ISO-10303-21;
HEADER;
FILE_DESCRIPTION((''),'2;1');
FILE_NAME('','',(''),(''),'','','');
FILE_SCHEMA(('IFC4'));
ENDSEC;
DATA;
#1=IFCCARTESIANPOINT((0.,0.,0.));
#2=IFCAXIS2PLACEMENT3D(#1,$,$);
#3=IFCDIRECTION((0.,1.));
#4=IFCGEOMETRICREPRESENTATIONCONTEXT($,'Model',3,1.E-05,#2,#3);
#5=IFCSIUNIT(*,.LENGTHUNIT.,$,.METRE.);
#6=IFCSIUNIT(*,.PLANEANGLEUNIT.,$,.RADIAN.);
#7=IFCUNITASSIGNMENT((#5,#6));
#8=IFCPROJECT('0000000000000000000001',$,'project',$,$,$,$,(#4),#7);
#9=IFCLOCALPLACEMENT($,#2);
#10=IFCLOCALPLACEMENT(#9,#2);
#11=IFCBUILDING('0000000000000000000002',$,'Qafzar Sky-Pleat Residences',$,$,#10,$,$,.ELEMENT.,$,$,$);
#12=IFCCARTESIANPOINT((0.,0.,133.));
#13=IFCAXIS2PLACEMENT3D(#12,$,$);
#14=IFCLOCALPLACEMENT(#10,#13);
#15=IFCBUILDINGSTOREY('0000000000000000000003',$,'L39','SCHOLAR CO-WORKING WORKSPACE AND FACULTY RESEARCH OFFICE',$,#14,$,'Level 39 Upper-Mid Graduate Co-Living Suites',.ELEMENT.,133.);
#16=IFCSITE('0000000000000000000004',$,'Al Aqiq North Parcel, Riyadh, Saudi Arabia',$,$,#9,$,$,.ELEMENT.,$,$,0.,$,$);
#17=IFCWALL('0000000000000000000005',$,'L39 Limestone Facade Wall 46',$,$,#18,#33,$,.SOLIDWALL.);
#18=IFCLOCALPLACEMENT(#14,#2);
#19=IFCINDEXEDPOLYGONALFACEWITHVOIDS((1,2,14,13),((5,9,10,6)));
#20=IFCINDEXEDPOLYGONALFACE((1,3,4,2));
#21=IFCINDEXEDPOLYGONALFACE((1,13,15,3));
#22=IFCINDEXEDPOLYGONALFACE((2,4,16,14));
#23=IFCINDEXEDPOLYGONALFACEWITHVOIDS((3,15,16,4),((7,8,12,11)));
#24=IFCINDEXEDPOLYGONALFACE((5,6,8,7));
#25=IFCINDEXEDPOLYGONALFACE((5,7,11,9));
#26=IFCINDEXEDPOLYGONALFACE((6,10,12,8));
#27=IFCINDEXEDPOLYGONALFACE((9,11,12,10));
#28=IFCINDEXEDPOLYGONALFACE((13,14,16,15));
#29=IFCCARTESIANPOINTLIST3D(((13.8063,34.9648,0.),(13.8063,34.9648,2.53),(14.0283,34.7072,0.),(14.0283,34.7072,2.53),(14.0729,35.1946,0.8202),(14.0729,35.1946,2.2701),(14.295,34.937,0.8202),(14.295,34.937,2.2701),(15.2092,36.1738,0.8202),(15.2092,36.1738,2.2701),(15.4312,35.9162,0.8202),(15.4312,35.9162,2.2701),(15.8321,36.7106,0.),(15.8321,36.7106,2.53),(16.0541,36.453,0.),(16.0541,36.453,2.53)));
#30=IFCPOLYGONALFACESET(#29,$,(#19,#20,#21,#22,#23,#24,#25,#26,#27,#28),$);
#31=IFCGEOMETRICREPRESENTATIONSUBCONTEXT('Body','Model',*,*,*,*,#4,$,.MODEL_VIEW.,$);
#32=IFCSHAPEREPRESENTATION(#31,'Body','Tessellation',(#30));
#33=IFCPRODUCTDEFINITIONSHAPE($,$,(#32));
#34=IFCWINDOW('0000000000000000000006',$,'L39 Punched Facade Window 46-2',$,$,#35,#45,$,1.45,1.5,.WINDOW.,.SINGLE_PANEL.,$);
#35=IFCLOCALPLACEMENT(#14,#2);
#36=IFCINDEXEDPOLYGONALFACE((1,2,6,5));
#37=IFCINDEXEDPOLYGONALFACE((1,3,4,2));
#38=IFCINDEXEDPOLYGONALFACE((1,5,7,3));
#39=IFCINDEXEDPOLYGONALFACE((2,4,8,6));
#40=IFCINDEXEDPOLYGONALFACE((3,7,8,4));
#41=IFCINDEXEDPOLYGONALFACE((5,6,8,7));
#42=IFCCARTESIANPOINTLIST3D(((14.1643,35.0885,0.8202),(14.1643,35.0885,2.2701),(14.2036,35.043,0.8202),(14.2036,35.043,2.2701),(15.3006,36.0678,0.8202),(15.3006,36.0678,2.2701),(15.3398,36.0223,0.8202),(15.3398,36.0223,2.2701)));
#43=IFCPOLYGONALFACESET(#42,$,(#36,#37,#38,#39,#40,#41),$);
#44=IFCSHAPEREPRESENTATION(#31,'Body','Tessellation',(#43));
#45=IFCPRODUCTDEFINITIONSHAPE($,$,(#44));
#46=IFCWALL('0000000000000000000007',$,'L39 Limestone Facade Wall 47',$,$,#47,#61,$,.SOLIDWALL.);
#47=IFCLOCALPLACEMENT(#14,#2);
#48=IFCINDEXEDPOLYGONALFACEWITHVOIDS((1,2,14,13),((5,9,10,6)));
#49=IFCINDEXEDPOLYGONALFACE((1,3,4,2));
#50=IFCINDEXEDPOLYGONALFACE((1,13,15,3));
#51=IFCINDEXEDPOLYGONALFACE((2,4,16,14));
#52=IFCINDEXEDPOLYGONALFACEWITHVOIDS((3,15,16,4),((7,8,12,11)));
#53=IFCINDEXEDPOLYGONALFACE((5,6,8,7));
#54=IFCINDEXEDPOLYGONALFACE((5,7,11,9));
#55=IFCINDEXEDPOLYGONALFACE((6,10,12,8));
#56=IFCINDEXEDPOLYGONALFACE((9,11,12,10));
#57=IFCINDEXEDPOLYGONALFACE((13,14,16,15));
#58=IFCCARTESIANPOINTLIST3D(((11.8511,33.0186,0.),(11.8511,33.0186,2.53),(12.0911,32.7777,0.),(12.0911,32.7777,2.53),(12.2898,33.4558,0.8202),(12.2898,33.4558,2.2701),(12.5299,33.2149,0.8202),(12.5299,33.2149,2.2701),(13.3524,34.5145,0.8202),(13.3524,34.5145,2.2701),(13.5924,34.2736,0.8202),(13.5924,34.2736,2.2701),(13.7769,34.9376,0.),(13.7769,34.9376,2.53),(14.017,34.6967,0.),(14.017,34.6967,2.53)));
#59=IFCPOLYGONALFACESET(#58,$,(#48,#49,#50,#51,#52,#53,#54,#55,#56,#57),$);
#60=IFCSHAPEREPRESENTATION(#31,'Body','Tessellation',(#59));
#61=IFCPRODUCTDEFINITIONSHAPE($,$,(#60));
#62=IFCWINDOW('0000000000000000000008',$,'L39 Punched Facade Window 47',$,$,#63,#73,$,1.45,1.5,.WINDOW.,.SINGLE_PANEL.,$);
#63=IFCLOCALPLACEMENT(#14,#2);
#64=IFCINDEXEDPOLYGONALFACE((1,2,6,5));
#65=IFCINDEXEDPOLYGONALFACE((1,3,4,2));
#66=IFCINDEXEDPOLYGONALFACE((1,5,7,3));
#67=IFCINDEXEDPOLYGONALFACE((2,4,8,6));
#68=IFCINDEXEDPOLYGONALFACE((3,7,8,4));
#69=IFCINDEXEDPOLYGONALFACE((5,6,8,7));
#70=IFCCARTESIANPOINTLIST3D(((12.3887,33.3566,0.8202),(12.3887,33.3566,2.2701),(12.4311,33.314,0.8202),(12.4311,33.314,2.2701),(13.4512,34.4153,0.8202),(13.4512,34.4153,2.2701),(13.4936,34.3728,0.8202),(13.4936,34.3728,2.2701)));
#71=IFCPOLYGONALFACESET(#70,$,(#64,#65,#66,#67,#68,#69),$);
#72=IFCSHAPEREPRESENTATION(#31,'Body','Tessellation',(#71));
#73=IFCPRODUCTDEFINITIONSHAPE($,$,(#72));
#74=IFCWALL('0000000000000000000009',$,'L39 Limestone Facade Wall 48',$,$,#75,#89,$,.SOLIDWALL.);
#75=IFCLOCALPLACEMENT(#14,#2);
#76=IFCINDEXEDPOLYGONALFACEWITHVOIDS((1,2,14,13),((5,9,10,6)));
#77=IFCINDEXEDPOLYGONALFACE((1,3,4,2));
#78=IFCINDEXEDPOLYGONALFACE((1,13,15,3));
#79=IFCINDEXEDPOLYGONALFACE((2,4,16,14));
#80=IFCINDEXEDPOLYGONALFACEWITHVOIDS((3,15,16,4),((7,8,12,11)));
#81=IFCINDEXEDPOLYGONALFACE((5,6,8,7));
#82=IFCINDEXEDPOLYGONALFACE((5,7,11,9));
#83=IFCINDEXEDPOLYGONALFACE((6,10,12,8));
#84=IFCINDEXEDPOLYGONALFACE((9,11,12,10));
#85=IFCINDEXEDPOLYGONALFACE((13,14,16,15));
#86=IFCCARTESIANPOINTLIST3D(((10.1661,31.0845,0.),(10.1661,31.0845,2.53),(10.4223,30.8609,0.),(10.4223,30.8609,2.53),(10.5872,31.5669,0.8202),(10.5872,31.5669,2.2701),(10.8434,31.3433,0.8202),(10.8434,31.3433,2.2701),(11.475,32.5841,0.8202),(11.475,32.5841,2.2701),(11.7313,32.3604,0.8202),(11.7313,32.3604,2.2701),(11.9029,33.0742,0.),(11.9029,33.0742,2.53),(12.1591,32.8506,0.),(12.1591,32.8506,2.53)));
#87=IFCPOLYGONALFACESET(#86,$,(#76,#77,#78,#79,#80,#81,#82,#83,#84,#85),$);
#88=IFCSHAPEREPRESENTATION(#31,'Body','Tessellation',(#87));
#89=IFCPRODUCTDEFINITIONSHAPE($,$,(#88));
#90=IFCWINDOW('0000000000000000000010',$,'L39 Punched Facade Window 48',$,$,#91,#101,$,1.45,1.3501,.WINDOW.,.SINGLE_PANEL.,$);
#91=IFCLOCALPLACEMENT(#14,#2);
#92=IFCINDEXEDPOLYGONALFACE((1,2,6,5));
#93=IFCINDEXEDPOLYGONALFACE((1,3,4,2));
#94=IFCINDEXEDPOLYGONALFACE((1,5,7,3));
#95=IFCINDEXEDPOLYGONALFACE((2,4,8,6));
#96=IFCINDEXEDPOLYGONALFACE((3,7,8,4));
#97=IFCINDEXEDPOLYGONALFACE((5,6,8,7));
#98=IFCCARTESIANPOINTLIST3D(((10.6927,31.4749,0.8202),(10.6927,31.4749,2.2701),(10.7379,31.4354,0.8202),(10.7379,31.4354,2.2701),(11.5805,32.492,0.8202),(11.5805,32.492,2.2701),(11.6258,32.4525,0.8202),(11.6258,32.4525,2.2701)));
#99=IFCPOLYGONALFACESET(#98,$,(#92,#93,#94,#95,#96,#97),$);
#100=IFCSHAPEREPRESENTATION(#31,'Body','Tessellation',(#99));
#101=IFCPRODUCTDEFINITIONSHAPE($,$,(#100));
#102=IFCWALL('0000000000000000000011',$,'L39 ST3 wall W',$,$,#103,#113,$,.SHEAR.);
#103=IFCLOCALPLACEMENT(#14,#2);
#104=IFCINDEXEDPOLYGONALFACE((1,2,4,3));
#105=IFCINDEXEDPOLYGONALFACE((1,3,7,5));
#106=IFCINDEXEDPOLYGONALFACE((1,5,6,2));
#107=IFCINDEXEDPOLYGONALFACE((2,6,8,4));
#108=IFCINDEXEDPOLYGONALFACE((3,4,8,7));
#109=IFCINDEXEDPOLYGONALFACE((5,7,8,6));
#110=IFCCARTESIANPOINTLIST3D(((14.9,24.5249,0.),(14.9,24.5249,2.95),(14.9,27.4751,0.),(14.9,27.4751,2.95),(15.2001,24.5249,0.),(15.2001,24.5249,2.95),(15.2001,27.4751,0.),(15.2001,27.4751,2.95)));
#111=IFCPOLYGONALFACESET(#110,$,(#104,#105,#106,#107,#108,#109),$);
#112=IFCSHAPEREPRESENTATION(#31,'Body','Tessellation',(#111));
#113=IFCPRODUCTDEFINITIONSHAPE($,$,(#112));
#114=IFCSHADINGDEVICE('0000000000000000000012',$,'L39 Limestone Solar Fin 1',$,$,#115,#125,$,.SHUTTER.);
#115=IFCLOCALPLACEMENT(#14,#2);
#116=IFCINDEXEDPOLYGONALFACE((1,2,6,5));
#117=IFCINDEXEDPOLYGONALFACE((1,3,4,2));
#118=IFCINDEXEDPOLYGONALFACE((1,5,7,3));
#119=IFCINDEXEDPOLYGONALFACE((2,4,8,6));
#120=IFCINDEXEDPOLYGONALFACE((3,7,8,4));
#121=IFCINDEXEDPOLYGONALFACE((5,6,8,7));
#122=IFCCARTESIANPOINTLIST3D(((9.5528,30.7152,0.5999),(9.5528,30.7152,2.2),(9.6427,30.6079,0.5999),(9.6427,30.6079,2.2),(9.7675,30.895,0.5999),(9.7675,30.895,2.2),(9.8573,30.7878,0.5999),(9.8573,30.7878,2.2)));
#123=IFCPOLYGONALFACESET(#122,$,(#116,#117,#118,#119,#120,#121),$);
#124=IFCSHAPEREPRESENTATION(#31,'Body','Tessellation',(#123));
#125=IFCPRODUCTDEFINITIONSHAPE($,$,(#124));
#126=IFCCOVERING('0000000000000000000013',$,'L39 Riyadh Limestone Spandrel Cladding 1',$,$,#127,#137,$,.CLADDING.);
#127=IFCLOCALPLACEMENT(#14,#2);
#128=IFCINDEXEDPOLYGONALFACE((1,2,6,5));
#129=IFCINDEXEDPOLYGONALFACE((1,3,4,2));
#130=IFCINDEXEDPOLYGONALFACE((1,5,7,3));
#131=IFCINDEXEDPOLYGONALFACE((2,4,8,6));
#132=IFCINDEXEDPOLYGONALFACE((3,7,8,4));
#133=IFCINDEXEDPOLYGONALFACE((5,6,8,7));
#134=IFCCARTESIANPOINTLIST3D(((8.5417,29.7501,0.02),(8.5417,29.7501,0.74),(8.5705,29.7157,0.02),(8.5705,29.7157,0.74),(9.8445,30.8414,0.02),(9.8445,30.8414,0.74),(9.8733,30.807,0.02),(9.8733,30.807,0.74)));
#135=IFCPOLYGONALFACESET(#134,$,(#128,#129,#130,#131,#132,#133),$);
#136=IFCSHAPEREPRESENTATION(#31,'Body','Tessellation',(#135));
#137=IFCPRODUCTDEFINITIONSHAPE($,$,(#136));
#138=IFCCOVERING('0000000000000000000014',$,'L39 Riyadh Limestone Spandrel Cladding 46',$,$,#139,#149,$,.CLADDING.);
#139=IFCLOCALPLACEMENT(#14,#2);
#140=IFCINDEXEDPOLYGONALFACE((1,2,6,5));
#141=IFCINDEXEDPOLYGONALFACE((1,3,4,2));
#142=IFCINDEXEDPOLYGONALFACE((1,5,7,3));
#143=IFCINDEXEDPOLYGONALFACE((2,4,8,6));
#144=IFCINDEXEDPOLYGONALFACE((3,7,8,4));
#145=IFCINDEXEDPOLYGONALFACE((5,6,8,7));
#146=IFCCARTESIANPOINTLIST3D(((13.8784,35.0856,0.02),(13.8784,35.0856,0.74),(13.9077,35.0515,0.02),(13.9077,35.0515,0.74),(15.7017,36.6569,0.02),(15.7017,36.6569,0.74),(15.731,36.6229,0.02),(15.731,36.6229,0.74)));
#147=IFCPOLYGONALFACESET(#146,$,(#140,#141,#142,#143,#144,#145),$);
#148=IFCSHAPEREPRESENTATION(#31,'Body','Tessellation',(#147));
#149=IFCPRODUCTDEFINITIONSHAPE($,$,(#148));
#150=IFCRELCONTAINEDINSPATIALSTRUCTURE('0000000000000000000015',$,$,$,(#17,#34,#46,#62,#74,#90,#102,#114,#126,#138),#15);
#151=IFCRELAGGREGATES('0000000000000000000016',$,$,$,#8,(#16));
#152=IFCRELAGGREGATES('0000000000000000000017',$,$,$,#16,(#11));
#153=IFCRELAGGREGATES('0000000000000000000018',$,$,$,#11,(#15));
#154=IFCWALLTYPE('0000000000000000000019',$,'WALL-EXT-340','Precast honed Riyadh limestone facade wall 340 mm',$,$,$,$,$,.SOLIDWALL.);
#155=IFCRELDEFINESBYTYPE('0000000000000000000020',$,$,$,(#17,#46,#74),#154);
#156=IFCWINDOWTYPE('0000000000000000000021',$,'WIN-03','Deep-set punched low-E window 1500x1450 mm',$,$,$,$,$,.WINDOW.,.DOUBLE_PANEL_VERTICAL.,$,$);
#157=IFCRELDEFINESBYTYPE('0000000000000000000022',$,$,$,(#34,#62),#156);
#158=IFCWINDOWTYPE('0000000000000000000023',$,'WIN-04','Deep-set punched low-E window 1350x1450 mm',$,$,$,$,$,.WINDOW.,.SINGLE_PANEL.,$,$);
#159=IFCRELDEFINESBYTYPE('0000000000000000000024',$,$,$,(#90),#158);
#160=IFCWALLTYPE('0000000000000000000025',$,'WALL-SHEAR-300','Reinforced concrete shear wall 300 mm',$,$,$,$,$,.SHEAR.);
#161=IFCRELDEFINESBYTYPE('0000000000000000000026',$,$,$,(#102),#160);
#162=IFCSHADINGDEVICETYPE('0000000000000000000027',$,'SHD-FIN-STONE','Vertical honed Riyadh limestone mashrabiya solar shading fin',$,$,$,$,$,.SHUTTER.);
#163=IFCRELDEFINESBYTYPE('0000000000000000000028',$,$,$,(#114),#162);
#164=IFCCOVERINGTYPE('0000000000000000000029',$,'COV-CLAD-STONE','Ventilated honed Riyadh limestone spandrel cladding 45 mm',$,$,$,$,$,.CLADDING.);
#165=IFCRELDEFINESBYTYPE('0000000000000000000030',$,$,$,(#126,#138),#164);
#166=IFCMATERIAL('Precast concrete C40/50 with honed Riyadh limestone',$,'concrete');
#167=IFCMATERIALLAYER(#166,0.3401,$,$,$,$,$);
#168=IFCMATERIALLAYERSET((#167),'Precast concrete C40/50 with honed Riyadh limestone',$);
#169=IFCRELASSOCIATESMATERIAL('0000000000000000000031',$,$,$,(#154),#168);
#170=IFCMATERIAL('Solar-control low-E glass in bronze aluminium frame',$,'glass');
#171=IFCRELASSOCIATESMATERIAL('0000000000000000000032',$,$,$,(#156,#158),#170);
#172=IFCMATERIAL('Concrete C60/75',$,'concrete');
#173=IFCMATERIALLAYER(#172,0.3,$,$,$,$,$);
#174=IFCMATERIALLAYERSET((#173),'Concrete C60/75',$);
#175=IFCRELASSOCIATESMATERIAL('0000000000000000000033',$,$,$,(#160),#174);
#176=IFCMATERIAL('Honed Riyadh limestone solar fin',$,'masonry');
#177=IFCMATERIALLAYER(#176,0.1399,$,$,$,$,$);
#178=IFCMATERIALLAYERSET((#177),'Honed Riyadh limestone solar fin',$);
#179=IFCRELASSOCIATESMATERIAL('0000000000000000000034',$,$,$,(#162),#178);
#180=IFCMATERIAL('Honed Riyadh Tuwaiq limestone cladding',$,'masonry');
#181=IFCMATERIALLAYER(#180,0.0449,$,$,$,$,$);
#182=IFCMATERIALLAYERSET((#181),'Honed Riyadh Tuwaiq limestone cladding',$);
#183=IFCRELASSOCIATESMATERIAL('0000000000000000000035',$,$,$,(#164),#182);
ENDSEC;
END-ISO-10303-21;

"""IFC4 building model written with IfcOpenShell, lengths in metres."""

from ifc_helpers import new_model, si_unit, direction, frame, frame_2d, origin, origin_2d, place, context, subcontext, project, spatial, rectangle, extrude, source, transform, mapped, material, layer, layer_set, type_object, element, fill, save


model = new_model("IFC4")

# Units and contexts
model_context = context("Model", 3, precision=1e-05, world=origin(), true_north=direction((0.0, 1.0)))
body_context = subcontext(model_context, "Body", "Model", "MODEL_VIEW")
ifc_project = project(units=[si_unit("LENGTHUNIT", "METRE"), si_unit("PLANEANGLEUNIT", "RADIAN")], contexts=[model_context])

# Site, building, storey
site_placement = place(None, origin())
site = spatial("IfcSite", under=ifc_project, at=site_placement, Name="Al Aqiq North Parcel, Riyadh, Saudi Arabia", CompositionType="ELEMENT", RefElevation=0.0)
building_placement = place(site_placement, origin())
building = spatial("IfcBuilding", under=site, at=building_placement, Name="Qafzar Sky-Pleat Residences", CompositionType="ELEMENT")
storey_placement = place(building_placement, frame((0.0, 0.0, 133.0)))
storey = spatial("IfcBuildingStorey", under=building, at=storey_placement, Name="L39", Description="SCHOLAR CO-WORKING WORKSPACE AND FACULTY RESEARCH OFFICE", LongName="Level 39 Upper-Mid Graduate Co-Living Suites", CompositionType="ELEMENT", Elevation=133.0)

# Shared definitions
ifc_material_1 = material(Name="Concrete C60/75", Category="concrete")

# Shared definitions
ifc_material_2 = material(Name="Precast concrete C40/50 with honed Riyadh limestone", Category="concrete")
ifc_layer_1 = layer(ifc_material_2, 0.3401)
ifc_layer_set_1 = layer_set([ifc_layer_1], Name="Precast concrete C40/50 with honed Riyadh limestone")
wall_type_1 = type_object("IfcWallType", Name="WALL-EXT-340", Description="Precast honed Riyadh limestone facade wall 340 mm", PredefinedType="SOLIDWALL", material=ifc_layer_set_1)
ifc_material_3 = material(Name="Solar-control low-E glass in bronze aluminium frame", Category="glass")

# Walls, openings, windows
wall_1_placement = place(storey_placement, frame((15.9431, 36.5818, 0.0), z_axis=(0.0, 0.0, 1.0), x_axis=(-0.75752, -0.652811, 0.0)))
wall_1 = element("IfcWall", 1, at=wall_1_placement, inside=storey, type_object=wall_type_1, Name="L39 Limestone Facade Wall 46", PredefinedType="SOLIDWALL", context=body_context, shape_type="SweptSolid", body=[
    extrude(rectangle(XDim=2.6743, YDim=0.3401, at=frame_2d((1.3372, 0.0))), origin(), (0.0, 0.0, 1.0), 2.53),
])
opening_1_placement = place(wall_1_placement, frame((0.8223, 0.0, 0.8201)))
opening_1 = element("IfcOpeningElement", 2, at=opening_1_placement, cuts=wall_1, PredefinedType="OPENING", context=body_context, shape_type="SweptSolid", body=[
    extrude(rectangle(XDim=1.5, YDim=1.45, at=frame_2d((0.75, 0.7251))), frame((0.0, 0.1802, 0.0), z_axis=(0.0, -1.0, 0.0), x_axis=(1.0, 0.0, 0.0)), (0.0, 0.0, 1.0), 0.3601),
])
window_type_1 = type_object("IfcWindowType", Name="WIN-03", Description="Deep-set punched low-E window 1500x1450 mm", PartitioningType="DOUBLE_PANEL_VERTICAL", PredefinedType="WINDOW", material=ifc_material_3)
shared_shape_1 = source(origin(), body_context, "Body", "SweptSolid", [
    extrude(rectangle(XDim=1.5, YDim=1.45, at=frame_2d((0.75, 0.7251))), frame((0.0, 0.03, 0.0), z_axis=(0.0, -1.0, 0.0), x_axis=(1.0, 0.0, 0.0)), (0.0, 0.0, 1.0), 0.0601),
])
window_1_placement = place(opening_1_placement, origin())
window_1 = element("IfcWindow", 3, at=window_1_placement, inside=storey, type_object=window_type_1, Name="L39 Punched Facade Window 46-2", OverallHeight=1.45, OverallWidth=1.5, PartitioningType="SINGLE_PANEL", PredefinedType="WINDOW", context=body_context, shape_type="MappedRepresentation", body=[
    mapped(shared_shape_1, transform((0.0, 0.0, 0.0), x_axis=(1.0, 0.0, 0.0), y_axis=(0.0, 1.0, 0.0), z_axis=(0.0, 0.0, 1.0), scale=1.0)),
])
fill(opening_1, window_1)
wall_2_placement = place(storey_placement, frame((13.897, 34.8171, 0.0), z_axis=(0.0, 0.0, 1.0), x_axis=(-0.708363, -0.705848, 0.0)))
wall_2 = element("IfcWall", 4, at=wall_2_placement, inside=storey, type_object=wall_type_1, Name="L39 Limestone Facade Wall 47", PredefinedType="SOLIDWALL", context=body_context, shape_type="SweptSolid", body=[
    extrude(rectangle(XDim=2.7188, YDim=0.3401, at=frame_2d((1.3594, 0.0))), origin(), (0.0, 0.0, 1.0), 2.53),
])
opening_2_placement = place(wall_2_placement, frame((0.5994, 0.0, 0.8201)))
opening_2 = element("IfcOpeningElement", 5, at=opening_2_placement, cuts=wall_2, PredefinedType="OPENING", context=body_context, shape_type="SweptSolid", body=[
    extrude(rectangle(XDim=1.5, YDim=1.45, at=frame_2d((0.75, 0.7251))), frame((0.0, 0.1802, 0.0), z_axis=(0.0, -1.0, 0.0), x_axis=(1.0, 0.0, 0.0)), (0.0, 0.0, 1.0), 0.3601),
])
window_2_placement = place(opening_2_placement, origin())
window_2 = element("IfcWindow", 6, at=window_2_placement, inside=storey, type_object=window_type_1, Name="L39 Punched Facade Window 47", OverallHeight=1.45, OverallWidth=1.5, PartitioningType="SINGLE_PANEL", PredefinedType="WINDOW", context=body_context, shape_type="MappedRepresentation", body=[
    mapped(shared_shape_1, transform((0.0, 0.0, 0.0), x_axis=(1.0, 0.0, 0.0), y_axis=(0.0, 1.0, 0.0), z_axis=(0.0, 0.0, 1.0), scale=1.0)),
])
fill(opening_2, window_2)
wall_3_placement = place(storey_placement, frame((12.031, 32.9624, 0.0), z_axis=(0.0, 0.0, 1.0), x_axis=(-0.657601, -0.753366, 0.0)))
wall_3 = element("IfcWall", 7, at=wall_3_placement, inside=storey, type_object=wall_type_1, Name="L39 Limestone Facade Wall 48", PredefinedType="SOLIDWALL", context=body_context, shape_type="SweptSolid", body=[
    extrude(rectangle(XDim=2.6411, YDim=0.3401, at=frame_2d((1.3206, 0.0))), origin(), (0.0, 0.0, 1.0), 2.53),
])
opening_3_placement = place(wall_3_placement, frame((0.6506, 0.0, 0.8201)))
opening_3 = element("IfcOpeningElement", 8, at=opening_3_placement, cuts=wall_3, PredefinedType="OPENING", context=body_context, shape_type="SweptSolid", body=[
    extrude(rectangle(XDim=1.3501, YDim=1.45, at=frame_2d((0.675, 0.7251))), frame((0.0, 0.1802, 0.0), z_axis=(0.0, -1.0, 0.0), x_axis=(1.0, 0.0, 0.0)), (0.0, 0.0, 1.0), 0.3601),
])
window_type_2 = type_object("IfcWindowType", Name="WIN-04", Description="Deep-set punched low-E window 1350x1450 mm", PartitioningType="SINGLE_PANEL", PredefinedType="WINDOW", material=ifc_material_3)
shared_shape_2 = source(origin(), body_context, "Body", "SweptSolid", [
    extrude(rectangle(XDim=1.3501, YDim=1.45, at=frame_2d((0.675, 0.7251))), frame((0.0, 0.03, 0.0), z_axis=(0.0, -1.0, 0.0), x_axis=(1.0, 0.0, 0.0)), (0.0, 0.0, 1.0), 0.0601),
])
window_3_placement = place(opening_3_placement, origin())
window_3 = element("IfcWindow", 9, at=window_3_placement, inside=storey, type_object=window_type_2, Name="L39 Punched Facade Window 48", OverallHeight=1.45, OverallWidth=1.3501, PartitioningType="SINGLE_PANEL", PredefinedType="WINDOW", context=body_context, shape_type="MappedRepresentation", body=[
    mapped(shared_shape_2, transform((0.0, 0.0, 0.0), x_axis=(1.0, 0.0, 0.0), y_axis=(0.0, 1.0, 0.0), z_axis=(0.0, 0.0, 1.0), scale=1.0)),
])
fill(opening_3, window_3)

# Wall
ifc_layer_2 = layer(ifc_material_1, 0.3)
ifc_layer_set_2 = layer_set([ifc_layer_2], Name="Concrete C60/75")
wall_type_2 = type_object("IfcWallType", Name="WALL-SHEAR-300", Description="Reinforced concrete shear wall 300 mm", PredefinedType="SHEAR", material=ifc_layer_set_2)
wall_4_placement = place(storey_placement, frame((15.05, 27.4751, 0.0), z_axis=(0.0, 0.0, 1.0), x_axis=(0.0, -1.0, 0.0)))
element("IfcWall", 10, at=wall_4_placement, inside=storey, type_object=wall_type_2, Name="L39 ST3 wall W", PredefinedType="SHEAR", context=body_context, shape_type="SweptSolid", body=[
    extrude(rectangle(XDim=2.9502, YDim=0.3, at=frame_2d((1.4751, 0.0))), origin(), (0.0, 0.0, 1.0), 2.95),
])

# Shading device
ifc_material_4 = material(Name="Honed Riyadh limestone solar fin", Category="masonry")
ifc_layer_3 = layer(ifc_material_4, 0.1399)
ifc_layer_set_3 = layer_set([ifc_layer_3], Name="Honed Riyadh limestone solar fin")
shading_device_type = type_object("IfcShadingDeviceType", Name="SHD-FIN-STONE", Description="Vertical honed Riyadh limestone mashrabiya solar shading fin", PredefinedType="SHUTTER", material=ifc_layer_set_3)
shared_shape_3 = source(origin(), body_context, "Body", "SweptSolid", [
    extrude(rectangle(XDim=0.1399, YDim=0.28, at=origin_2d()), origin(), (0.0, 0.0, 1.0), 1.6001),
])
shading_device_placement = place(storey_placement, frame((9.7051, 30.7515, 0.5999), z_axis=(0.0, 0.0, 1.0), x_axis=(-0.642179, 0.766555, 0.0)))
element("IfcShadingDevice", 11, at=shading_device_placement, inside=storey, type_object=shading_device_type, Name="L39 Limestone Solar Fin 1", PredefinedType="SHUTTER", context=body_context, shape_type="MappedRepresentation", body=[
    mapped(shared_shape_3, transform((0.0, 0.0, 0.0), x_axis=(1.0, 0.0, 0.0), y_axis=(0.0, 1.0, 0.0), z_axis=(0.0, 0.0, 1.0), scale=1.0)),
])

# Coverings
ifc_material_5 = material(Name="Honed Riyadh Tuwaiq limestone cladding", Category="masonry")
ifc_layer_4 = layer(ifc_material_5, 0.0449)
ifc_layer_set_4 = layer_set([ifc_layer_4], Name="Honed Riyadh Tuwaiq limestone cladding")
covering_type = type_object("IfcCoveringType", Name="COV-CLAD-STONE", Description="Ventilated honed Riyadh limestone spandrel cladding 45 mm", PredefinedType="CLADDING", material=ifc_layer_set_4)
shared_shape_4 = source(origin(), body_context, "Body", "SweptSolid", [
    extrude(rectangle(XDim=1.6995, YDim=0.0449, at=origin_2d()), origin(), (0.0, 0.0, 1.0), 0.72),
])
covering_1_placement = place(storey_placement, frame((9.2075, 30.2786, 0.02), z_axis=(0.0, 0.0, 1.0), x_axis=(-0.766591, -0.642136, 0.0)))
element("IfcCovering", 12, at=covering_1_placement, inside=storey, type_object=covering_type, Name="L39 Riyadh Limestone Spandrel Cladding 1", PredefinedType="CLADDING", context=body_context, shape_type="MappedRepresentation", body=[
    mapped(shared_shape_4, transform((0.0, 0.0, 0.0), x_axis=(1.0, 0.0, 0.0), y_axis=(0.0, 1.0, 0.0), z_axis=(0.0, 0.0, 1.0), scale=1.0)),
])
shared_shape_5 = source(origin(), body_context, "Body", "SweptSolid", [
    extrude(rectangle(XDim=2.407, YDim=0.0449, at=origin_2d()), origin(), (0.0, 0.0, 1.0), 0.72),
])
covering_2_placement = place(storey_placement, frame((14.8047, 35.8542, 0.02), z_axis=(0.0, 0.0, 1.0), x_axis=(-0.757496, -0.65284, 0.0)))
element("IfcCovering", 13, at=covering_2_placement, inside=storey, type_object=covering_type, Name="L39 Riyadh Limestone Spandrel Cladding 46", PredefinedType="CLADDING", context=body_context, shape_type="MappedRepresentation", body=[
    mapped(shared_shape_5, transform((0.0, 0.0, 0.0), x_axis=(1.0, 0.0, 0.0), y_axis=(0.0, 1.0, 0.0), z_axis=(0.0, 0.0, 1.0), scale=1.0)),
])

save(model, "model.ifc")
